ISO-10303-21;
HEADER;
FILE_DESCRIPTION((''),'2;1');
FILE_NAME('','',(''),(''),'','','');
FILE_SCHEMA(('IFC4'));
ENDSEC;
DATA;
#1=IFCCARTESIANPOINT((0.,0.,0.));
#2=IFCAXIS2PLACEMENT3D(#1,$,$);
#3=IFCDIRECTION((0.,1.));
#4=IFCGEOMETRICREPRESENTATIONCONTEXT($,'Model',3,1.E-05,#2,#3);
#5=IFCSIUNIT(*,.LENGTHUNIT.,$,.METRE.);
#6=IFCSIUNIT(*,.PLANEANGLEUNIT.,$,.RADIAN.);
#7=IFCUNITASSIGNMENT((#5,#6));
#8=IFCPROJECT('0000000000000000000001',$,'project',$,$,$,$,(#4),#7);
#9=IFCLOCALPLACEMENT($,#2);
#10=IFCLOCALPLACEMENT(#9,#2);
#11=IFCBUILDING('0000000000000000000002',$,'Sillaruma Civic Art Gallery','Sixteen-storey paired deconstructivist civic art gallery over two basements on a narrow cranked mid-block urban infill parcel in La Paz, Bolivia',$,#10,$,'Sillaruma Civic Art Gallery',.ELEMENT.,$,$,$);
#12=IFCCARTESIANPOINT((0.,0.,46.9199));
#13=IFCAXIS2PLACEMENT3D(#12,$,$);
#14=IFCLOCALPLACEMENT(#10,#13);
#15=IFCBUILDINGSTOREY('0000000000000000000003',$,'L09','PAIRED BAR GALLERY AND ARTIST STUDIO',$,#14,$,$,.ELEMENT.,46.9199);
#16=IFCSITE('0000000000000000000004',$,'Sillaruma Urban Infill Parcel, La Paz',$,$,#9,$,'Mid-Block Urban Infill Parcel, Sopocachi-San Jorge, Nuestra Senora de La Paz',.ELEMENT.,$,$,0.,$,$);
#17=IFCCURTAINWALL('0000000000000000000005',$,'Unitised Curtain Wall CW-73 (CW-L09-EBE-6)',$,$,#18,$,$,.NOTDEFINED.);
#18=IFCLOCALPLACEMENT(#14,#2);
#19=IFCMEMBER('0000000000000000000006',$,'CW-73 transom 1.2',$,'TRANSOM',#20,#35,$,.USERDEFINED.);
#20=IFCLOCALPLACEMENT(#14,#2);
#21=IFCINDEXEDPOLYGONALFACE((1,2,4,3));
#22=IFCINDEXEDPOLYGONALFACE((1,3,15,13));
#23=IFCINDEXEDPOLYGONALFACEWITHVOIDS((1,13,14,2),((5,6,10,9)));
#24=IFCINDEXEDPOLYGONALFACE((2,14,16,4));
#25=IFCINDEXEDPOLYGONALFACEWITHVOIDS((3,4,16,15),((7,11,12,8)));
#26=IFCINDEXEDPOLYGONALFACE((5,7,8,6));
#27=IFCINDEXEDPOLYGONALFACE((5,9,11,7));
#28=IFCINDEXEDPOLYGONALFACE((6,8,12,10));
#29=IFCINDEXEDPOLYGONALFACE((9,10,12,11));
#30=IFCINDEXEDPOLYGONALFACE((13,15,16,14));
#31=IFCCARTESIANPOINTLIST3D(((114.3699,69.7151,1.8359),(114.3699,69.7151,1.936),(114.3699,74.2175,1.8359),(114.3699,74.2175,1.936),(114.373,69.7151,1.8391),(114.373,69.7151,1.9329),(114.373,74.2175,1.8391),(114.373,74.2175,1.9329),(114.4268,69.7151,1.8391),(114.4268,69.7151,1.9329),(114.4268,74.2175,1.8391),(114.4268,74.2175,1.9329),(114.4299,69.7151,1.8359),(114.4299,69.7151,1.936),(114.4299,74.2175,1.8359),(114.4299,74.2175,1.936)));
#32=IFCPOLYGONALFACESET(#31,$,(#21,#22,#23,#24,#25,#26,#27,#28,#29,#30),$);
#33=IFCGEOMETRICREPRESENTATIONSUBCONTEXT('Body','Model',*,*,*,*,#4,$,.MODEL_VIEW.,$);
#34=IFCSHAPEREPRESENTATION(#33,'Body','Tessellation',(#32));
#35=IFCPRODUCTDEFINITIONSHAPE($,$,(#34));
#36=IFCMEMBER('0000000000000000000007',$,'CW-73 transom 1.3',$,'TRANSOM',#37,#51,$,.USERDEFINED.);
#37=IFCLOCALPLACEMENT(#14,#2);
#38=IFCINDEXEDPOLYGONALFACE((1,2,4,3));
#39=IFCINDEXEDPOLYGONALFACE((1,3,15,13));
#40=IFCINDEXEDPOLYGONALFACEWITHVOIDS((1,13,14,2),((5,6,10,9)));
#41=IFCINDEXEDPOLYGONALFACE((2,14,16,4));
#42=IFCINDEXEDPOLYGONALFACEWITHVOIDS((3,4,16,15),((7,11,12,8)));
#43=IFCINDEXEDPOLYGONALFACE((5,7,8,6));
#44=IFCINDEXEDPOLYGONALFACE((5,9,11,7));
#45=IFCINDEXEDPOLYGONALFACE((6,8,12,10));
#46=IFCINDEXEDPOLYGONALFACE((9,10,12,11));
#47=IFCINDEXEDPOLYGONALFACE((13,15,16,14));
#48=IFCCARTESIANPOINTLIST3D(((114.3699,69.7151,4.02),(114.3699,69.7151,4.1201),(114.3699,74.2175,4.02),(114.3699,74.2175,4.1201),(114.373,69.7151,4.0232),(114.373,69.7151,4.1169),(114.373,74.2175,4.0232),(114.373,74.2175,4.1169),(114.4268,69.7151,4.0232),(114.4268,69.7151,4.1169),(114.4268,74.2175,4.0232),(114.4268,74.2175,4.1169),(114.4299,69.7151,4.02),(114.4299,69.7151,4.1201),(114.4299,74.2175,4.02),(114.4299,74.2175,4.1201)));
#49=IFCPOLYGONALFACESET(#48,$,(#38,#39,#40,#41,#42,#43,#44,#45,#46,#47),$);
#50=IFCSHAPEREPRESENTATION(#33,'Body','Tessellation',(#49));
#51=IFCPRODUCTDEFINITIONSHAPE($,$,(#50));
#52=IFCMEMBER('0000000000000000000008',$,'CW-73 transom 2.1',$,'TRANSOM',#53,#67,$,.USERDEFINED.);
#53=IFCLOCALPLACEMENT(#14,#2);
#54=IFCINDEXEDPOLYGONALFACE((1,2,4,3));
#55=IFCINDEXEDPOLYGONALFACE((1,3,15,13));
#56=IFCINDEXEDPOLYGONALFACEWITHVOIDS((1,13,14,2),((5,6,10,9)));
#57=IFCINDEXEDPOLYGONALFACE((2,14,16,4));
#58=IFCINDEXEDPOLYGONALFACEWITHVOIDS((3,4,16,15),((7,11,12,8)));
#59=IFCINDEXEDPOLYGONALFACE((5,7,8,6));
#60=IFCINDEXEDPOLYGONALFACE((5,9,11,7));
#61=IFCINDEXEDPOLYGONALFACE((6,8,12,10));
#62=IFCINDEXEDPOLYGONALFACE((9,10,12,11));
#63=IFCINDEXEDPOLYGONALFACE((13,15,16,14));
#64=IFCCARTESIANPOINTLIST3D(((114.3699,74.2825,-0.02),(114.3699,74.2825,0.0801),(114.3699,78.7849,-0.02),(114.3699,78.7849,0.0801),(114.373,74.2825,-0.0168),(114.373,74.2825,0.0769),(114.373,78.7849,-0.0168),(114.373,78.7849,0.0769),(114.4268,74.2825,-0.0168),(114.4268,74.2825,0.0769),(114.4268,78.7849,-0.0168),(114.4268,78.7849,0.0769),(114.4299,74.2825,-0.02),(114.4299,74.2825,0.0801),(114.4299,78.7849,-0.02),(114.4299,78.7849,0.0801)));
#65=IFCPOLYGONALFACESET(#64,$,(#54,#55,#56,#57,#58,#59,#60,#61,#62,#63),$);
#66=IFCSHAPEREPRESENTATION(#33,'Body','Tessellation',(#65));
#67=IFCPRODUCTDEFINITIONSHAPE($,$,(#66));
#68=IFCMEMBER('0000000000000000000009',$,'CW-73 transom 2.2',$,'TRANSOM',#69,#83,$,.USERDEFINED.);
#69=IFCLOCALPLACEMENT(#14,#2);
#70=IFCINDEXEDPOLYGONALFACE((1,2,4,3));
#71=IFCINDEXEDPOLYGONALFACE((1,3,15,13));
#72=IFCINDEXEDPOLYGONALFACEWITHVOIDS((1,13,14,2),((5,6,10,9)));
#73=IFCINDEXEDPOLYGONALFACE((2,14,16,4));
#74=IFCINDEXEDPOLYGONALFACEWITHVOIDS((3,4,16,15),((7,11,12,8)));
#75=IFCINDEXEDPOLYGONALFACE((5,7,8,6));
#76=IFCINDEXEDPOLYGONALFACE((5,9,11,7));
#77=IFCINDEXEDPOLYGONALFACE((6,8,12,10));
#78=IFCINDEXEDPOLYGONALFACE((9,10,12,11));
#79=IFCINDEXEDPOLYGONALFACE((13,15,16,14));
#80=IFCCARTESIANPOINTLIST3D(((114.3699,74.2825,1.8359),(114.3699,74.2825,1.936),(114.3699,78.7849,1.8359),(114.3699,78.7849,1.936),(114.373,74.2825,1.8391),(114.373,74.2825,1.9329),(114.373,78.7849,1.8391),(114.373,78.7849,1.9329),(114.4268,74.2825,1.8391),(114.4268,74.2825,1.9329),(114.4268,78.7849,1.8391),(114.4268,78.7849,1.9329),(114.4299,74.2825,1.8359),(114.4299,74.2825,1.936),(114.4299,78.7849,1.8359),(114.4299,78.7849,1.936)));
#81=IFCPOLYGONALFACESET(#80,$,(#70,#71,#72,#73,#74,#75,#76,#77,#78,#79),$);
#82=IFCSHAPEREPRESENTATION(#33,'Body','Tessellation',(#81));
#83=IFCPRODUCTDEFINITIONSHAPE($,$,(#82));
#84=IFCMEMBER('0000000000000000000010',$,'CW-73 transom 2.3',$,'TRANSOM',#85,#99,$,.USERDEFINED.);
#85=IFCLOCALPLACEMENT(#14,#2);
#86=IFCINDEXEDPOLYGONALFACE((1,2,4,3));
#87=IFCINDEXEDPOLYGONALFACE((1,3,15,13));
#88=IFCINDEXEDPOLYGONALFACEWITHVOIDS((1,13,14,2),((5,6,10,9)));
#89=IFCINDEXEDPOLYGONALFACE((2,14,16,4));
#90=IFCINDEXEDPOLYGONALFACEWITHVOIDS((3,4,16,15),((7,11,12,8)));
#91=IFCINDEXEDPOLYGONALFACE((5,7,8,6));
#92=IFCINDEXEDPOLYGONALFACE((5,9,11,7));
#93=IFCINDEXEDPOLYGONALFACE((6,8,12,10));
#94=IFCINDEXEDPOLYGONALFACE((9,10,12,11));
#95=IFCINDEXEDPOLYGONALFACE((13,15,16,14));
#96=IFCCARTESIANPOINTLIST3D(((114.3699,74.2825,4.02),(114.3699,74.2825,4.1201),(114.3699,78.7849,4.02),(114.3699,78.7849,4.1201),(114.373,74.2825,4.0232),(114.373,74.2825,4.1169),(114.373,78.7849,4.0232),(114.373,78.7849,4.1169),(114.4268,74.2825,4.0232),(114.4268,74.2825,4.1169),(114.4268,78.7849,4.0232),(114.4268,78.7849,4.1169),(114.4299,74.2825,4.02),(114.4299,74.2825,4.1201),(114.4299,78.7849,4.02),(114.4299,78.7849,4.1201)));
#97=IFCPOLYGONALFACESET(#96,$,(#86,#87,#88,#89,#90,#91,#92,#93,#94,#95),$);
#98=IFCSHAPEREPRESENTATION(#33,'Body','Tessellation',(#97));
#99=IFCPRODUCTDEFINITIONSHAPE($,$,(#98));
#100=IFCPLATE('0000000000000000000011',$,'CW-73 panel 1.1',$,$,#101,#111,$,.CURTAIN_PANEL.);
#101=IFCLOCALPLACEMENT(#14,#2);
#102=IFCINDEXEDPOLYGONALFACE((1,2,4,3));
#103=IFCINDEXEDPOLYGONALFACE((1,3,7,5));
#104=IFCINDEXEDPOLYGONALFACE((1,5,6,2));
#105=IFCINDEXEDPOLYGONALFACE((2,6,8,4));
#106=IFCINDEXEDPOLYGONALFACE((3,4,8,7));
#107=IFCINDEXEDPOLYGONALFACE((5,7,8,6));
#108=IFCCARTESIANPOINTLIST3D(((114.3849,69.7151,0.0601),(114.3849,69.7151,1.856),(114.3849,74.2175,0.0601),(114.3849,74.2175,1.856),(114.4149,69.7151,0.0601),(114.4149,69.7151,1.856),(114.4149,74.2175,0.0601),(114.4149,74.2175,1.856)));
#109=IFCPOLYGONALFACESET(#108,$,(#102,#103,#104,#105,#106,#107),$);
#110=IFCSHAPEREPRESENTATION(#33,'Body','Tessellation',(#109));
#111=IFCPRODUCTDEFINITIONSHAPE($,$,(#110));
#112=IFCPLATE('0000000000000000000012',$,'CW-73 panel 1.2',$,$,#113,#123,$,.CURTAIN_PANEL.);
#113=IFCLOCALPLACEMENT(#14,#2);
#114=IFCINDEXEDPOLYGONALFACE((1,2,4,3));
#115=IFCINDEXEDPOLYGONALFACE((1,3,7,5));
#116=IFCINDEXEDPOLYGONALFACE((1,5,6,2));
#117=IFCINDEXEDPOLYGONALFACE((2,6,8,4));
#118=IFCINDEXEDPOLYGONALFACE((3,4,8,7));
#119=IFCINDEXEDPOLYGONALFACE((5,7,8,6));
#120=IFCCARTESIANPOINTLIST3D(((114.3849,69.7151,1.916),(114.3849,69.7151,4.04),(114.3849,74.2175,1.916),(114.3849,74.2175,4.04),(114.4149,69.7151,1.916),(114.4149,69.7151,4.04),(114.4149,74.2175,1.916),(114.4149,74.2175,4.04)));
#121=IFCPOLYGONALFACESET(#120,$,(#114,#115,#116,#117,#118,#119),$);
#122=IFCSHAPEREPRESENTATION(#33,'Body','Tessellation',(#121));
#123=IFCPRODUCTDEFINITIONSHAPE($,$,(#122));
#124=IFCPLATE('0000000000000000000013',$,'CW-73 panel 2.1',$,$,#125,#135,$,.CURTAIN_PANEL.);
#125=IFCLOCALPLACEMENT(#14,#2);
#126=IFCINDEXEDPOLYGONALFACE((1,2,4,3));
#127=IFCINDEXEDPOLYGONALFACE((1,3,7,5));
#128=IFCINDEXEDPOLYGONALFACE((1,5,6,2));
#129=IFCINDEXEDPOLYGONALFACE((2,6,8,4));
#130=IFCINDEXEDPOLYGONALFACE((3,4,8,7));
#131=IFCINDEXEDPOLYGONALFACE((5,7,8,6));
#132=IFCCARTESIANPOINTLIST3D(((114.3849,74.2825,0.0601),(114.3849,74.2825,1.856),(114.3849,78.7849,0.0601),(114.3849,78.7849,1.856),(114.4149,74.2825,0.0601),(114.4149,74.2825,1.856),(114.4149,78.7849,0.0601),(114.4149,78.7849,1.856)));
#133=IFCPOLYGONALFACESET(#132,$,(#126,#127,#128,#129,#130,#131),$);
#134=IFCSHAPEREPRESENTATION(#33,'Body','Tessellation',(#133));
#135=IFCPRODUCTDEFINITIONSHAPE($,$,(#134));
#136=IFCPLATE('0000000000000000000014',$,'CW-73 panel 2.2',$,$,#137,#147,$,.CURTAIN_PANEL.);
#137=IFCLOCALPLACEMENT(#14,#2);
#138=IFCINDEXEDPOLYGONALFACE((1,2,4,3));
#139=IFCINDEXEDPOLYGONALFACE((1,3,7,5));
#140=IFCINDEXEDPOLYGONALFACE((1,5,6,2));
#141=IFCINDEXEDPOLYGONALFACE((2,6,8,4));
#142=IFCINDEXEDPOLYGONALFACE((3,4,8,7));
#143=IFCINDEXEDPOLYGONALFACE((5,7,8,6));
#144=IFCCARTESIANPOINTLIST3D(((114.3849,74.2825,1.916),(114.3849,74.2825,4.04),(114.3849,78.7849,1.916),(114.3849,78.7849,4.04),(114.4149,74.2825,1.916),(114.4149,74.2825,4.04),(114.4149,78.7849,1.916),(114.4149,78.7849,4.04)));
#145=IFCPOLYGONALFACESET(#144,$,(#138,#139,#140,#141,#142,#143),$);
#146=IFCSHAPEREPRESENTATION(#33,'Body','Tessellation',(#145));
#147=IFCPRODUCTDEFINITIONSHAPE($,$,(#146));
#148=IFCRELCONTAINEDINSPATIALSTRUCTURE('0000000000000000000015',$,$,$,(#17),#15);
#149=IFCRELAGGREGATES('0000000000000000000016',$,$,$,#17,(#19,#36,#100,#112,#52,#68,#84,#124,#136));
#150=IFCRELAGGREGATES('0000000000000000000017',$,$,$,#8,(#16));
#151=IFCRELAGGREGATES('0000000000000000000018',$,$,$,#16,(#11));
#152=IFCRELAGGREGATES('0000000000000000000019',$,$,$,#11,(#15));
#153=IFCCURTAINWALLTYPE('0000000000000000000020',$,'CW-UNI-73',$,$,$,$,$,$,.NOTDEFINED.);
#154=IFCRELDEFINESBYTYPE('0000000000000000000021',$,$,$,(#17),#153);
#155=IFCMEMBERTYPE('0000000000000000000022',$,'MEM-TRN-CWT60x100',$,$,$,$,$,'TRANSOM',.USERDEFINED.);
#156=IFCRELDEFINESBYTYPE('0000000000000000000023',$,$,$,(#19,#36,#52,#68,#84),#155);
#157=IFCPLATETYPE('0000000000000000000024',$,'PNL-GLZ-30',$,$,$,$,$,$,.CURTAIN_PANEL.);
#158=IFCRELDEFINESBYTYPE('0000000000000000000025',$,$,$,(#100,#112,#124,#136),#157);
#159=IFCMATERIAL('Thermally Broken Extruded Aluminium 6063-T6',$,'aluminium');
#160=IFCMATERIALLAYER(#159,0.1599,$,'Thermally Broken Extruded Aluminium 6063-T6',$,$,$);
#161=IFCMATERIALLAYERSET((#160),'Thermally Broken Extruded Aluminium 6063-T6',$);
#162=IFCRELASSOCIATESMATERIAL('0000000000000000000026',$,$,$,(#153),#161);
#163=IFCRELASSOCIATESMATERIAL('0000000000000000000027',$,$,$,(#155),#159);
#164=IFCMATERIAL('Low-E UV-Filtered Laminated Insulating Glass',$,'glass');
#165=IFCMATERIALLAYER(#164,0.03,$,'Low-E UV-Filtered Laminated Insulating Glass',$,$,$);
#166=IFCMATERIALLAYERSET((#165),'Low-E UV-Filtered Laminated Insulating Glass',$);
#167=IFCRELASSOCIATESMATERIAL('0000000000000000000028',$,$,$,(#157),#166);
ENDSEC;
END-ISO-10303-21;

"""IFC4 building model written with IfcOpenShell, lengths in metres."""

from ifc_helpers import new_model, si_unit, direction, frame, origin, origin_2d, place, context, subcontext, project, spatial, rectangle, hollow_rectangle, extrude, material, layer, layer_set, material_profile, profile_set, type_object, element, aggregate, save


model = new_model("IFC4")

# Units and contexts
model_context = context("Model", 3, precision=1e-05, world=origin(), true_north=direction((0.0, 1.0)))
body_context = subcontext(model_context, "Body", "Model", "MODEL_VIEW")
ifc_project = project(units=[si_unit("LENGTHUNIT", "METRE"), si_unit("PLANEANGLEUNIT", "RADIAN")], contexts=[model_context])

# Site, building, storey
site_placement = place(None, origin())
site = spatial("IfcSite", under=ifc_project, at=site_placement, Name="Sillaruma Urban Infill Parcel, La Paz", LongName="Mid-Block Urban Infill Parcel, Sopocachi-San Jorge, Nuestra Senora de La Paz", CompositionType="ELEMENT", RefElevation=0.0)
building_placement = place(site_placement, origin())
building = spatial("IfcBuilding", under=site, at=building_placement, Name="Sillaruma Civic Art Gallery", Description="Sixteen-storey paired deconstructivist civic art gallery over two basements on a narrow cranked mid-block urban infill parcel in La Paz, Bolivia", LongName="Sillaruma Civic Art Gallery", CompositionType="ELEMENT")
storey_placement = place(building_placement, frame((0.0, 0.0, 46.9199)))
storey = spatial("IfcBuildingStorey", under=building, at=storey_placement, Name="L09", Description="PAIRED BAR GALLERY AND ARTIST STUDIO", CompositionType="ELEMENT", Elevation=46.9199)

# Curtain wall, members, plates
ifc_material_1 = material(Name="Thermally Broken Extruded Aluminium 6063-T6", Category="aluminium")
ifc_layer_1 = layer(ifc_material_1, 0.1599, Name="Thermally Broken Extruded Aluminium 6063-T6")
ifc_layer_set_1 = layer_set([ifc_layer_1], Name="Thermally Broken Extruded Aluminium 6063-T6")
curtain_wall_type = type_object("IfcCurtainWallType", Name="CW-UNI-73", PredefinedType="NOTDEFINED", material=ifc_layer_set_1)
curtain_wall_placement = place(storey_placement, origin())
curtain_wall = element("IfcCurtainWall", 1, at=curtain_wall_placement, inside=storey, type_object=curtain_wall_type, Name="Unitised Curtain Wall CW-73 (CW-L09-EBE-6)", PredefinedType="NOTDEFINED")
ifc_material_profile_1 = material_profile(ifc_material_1, hollow_rectangle(XDim=0.0601, YDim=0.1001, WallThickness=0.0032, at=origin_2d()), Name="CWT60x100")
ifc_profile_set_1 = profile_set([ifc_material_profile_1], Name="Thermally Broken Extruded Aluminium 6063-T6")
member_type_1 = type_object("IfcMemberType", Name="MEM-TRN-CWT60x100", ElementType="TRANSOM", PredefinedType="USERDEFINED", material=ifc_profile_set_1)
member_1_placement = place(storey_placement, frame((114.3999, 69.7151, 1.886), z_axis=(0.0, 1.0, 0.0), x_axis=(-1.0, 0.0, 0.0)))
member_1 = element("IfcMember", 2, at=member_1_placement, type_object=member_type_1, Name="CW-73 transom 1.2", ObjectType="TRANSOM", PredefinedType="USERDEFINED", context=body_context, shape_type="SweptSolid", body=[
    extrude(hollow_rectangle(XDim=0.0601, YDim=0.1001, WallThickness=0.0032, at=origin_2d()), origin(), (0.0, 0.0, 1.0), 4.5024),
])
member_2_placement = place(storey_placement, frame((114.3999, 69.7151, 4.0701), z_axis=(0.0, 1.0, 0.0), x_axis=(-1.0, 0.0, 0.0)))
member_2 = element("IfcMember", 3, at=member_2_placement, type_object=member_type_1, Name="CW-73 transom 1.3", ObjectType="TRANSOM", PredefinedType="USERDEFINED", context=body_context, shape_type="SweptSolid", body=[
    extrude(hollow_rectangle(XDim=0.0601, YDim=0.1001, WallThickness=0.0032, at=origin_2d()), origin(), (0.0, 0.0, 1.0), 4.5024),
])
member_3_placement = place(storey_placement, frame((114.3999, 74.2825, 0.03), z_axis=(0.0, 1.0, 0.0), x_axis=(-1.0, 0.0, 0.0)))
member_3 = element("IfcMember", 4, at=member_3_placement, type_object=member_type_1, Name="CW-73 transom 2.1", ObjectType="TRANSOM", PredefinedType="USERDEFINED", context=body_context, shape_type="SweptSolid", body=[
    extrude(hollow_rectangle(XDim=0.0601, YDim=0.1001, WallThickness=0.0032, at=origin_2d()), origin(), (0.0, 0.0, 1.0), 4.5024),
])
member_4_placement = place(storey_placement, frame((114.3999, 74.2825, 1.886), z_axis=(0.0, 1.0, 0.0), x_axis=(-1.0, 0.0, 0.0)))
member_4 = element("IfcMember", 5, at=member_4_placement, type_object=member_type_1, Name="CW-73 transom 2.2", ObjectType="TRANSOM", PredefinedType="USERDEFINED", context=body_context, shape_type="SweptSolid", body=[
    extrude(hollow_rectangle(XDim=0.0601, YDim=0.1001, WallThickness=0.0032, at=origin_2d()), origin(), (0.0, 0.0, 1.0), 4.5024),
])
member_5_placement = place(storey_placement, frame((114.3999, 74.2825, 4.0701), z_axis=(0.0, 1.0, 0.0), x_axis=(-1.0, 0.0, 0.0)))
member_5 = element("IfcMember", 6, at=member_5_placement, type_object=member_type_1, Name="CW-73 transom 2.3", ObjectType="TRANSOM", PredefinedType="USERDEFINED", context=body_context, shape_type="SweptSolid", body=[
    extrude(hollow_rectangle(XDim=0.0601, YDim=0.1001, WallThickness=0.0032, at=origin_2d()), origin(), (0.0, 0.0, 1.0), 4.5024),
])
ifc_material_2 = material(Name="Low-E UV-Filtered Laminated Insulating Glass", Category="glass")
ifc_layer_2 = layer(ifc_material_2, 0.03, Name="Low-E UV-Filtered Laminated Insulating Glass")
ifc_layer_set_2 = layer_set([ifc_layer_2], Name="Low-E UV-Filtered Laminated Insulating Glass")
plate_type = type_object("IfcPlateType", Name="PNL-GLZ-30", PredefinedType="CURTAIN_PANEL", material=ifc_layer_set_2)
plate_1_placement = place(storey_placement, frame((114.3999, 71.9663, 0.0601), z_axis=(0.0, 0.0, 1.0), x_axis=(0.0, 1.0, 0.0)))
plate_1 = element("IfcPlate", 7, at=plate_1_placement, type_object=plate_type, Name="CW-73 panel 1.1", PredefinedType="CURTAIN_PANEL", context=body_context, shape_type="SweptSolid", body=[
    extrude(rectangle(XDim=4.5024, YDim=0.03, at=origin_2d()), origin(), (0.0, 0.0, 1.0), 1.7959),
])
plate_2_placement = place(storey_placement, frame((114.3999, 71.9663, 1.916), z_axis=(0.0, 0.0, 1.0), x_axis=(0.0, 1.0, 0.0)))
plate_2 = element("IfcPlate", 8, at=plate_2_placement, type_object=plate_type, Name="CW-73 panel 1.2", PredefinedType="CURTAIN_PANEL", context=body_context, shape_type="SweptSolid", body=[
    extrude(rectangle(XDim=4.5024, YDim=0.03, at=origin_2d()), origin(), (0.0, 0.0, 1.0), 2.124),
])
plate_3_placement = place(storey_placement, frame((114.3999, 76.5337, 0.0601), z_axis=(0.0, 0.0, 1.0), x_axis=(0.0, 1.0, 0.0)))
plate_3 = element("IfcPlate", 9, at=plate_3_placement, type_object=plate_type, Name="CW-73 panel 2.1", PredefinedType="CURTAIN_PANEL", context=body_context, shape_type="SweptSolid", body=[
    extrude(rectangle(XDim=4.5024, YDim=0.03, at=origin_2d()), origin(), (0.0, 0.0, 1.0), 1.7959),
])
plate_4_placement = place(storey_placement, frame((114.3999, 76.5337, 1.916), z_axis=(0.0, 0.0, 1.0), x_axis=(0.0, 1.0, 0.0)))
plate_4 = element("IfcPlate", 10, at=plate_4_placement, type_object=plate_type, Name="CW-73 panel 2.2", PredefinedType="CURTAIN_PANEL", context=body_context, shape_type="SweptSolid", body=[
    extrude(rectangle(XDim=4.5024, YDim=0.03, at=origin_2d()), origin(), (0.0, 0.0, 1.0), 2.124),
])
aggregate(curtain_wall, [member_1, member_2, plate_1, plate_2, member_3, member_4, member_5, plate_3, plate_4])

save(model, "model.ifc")
